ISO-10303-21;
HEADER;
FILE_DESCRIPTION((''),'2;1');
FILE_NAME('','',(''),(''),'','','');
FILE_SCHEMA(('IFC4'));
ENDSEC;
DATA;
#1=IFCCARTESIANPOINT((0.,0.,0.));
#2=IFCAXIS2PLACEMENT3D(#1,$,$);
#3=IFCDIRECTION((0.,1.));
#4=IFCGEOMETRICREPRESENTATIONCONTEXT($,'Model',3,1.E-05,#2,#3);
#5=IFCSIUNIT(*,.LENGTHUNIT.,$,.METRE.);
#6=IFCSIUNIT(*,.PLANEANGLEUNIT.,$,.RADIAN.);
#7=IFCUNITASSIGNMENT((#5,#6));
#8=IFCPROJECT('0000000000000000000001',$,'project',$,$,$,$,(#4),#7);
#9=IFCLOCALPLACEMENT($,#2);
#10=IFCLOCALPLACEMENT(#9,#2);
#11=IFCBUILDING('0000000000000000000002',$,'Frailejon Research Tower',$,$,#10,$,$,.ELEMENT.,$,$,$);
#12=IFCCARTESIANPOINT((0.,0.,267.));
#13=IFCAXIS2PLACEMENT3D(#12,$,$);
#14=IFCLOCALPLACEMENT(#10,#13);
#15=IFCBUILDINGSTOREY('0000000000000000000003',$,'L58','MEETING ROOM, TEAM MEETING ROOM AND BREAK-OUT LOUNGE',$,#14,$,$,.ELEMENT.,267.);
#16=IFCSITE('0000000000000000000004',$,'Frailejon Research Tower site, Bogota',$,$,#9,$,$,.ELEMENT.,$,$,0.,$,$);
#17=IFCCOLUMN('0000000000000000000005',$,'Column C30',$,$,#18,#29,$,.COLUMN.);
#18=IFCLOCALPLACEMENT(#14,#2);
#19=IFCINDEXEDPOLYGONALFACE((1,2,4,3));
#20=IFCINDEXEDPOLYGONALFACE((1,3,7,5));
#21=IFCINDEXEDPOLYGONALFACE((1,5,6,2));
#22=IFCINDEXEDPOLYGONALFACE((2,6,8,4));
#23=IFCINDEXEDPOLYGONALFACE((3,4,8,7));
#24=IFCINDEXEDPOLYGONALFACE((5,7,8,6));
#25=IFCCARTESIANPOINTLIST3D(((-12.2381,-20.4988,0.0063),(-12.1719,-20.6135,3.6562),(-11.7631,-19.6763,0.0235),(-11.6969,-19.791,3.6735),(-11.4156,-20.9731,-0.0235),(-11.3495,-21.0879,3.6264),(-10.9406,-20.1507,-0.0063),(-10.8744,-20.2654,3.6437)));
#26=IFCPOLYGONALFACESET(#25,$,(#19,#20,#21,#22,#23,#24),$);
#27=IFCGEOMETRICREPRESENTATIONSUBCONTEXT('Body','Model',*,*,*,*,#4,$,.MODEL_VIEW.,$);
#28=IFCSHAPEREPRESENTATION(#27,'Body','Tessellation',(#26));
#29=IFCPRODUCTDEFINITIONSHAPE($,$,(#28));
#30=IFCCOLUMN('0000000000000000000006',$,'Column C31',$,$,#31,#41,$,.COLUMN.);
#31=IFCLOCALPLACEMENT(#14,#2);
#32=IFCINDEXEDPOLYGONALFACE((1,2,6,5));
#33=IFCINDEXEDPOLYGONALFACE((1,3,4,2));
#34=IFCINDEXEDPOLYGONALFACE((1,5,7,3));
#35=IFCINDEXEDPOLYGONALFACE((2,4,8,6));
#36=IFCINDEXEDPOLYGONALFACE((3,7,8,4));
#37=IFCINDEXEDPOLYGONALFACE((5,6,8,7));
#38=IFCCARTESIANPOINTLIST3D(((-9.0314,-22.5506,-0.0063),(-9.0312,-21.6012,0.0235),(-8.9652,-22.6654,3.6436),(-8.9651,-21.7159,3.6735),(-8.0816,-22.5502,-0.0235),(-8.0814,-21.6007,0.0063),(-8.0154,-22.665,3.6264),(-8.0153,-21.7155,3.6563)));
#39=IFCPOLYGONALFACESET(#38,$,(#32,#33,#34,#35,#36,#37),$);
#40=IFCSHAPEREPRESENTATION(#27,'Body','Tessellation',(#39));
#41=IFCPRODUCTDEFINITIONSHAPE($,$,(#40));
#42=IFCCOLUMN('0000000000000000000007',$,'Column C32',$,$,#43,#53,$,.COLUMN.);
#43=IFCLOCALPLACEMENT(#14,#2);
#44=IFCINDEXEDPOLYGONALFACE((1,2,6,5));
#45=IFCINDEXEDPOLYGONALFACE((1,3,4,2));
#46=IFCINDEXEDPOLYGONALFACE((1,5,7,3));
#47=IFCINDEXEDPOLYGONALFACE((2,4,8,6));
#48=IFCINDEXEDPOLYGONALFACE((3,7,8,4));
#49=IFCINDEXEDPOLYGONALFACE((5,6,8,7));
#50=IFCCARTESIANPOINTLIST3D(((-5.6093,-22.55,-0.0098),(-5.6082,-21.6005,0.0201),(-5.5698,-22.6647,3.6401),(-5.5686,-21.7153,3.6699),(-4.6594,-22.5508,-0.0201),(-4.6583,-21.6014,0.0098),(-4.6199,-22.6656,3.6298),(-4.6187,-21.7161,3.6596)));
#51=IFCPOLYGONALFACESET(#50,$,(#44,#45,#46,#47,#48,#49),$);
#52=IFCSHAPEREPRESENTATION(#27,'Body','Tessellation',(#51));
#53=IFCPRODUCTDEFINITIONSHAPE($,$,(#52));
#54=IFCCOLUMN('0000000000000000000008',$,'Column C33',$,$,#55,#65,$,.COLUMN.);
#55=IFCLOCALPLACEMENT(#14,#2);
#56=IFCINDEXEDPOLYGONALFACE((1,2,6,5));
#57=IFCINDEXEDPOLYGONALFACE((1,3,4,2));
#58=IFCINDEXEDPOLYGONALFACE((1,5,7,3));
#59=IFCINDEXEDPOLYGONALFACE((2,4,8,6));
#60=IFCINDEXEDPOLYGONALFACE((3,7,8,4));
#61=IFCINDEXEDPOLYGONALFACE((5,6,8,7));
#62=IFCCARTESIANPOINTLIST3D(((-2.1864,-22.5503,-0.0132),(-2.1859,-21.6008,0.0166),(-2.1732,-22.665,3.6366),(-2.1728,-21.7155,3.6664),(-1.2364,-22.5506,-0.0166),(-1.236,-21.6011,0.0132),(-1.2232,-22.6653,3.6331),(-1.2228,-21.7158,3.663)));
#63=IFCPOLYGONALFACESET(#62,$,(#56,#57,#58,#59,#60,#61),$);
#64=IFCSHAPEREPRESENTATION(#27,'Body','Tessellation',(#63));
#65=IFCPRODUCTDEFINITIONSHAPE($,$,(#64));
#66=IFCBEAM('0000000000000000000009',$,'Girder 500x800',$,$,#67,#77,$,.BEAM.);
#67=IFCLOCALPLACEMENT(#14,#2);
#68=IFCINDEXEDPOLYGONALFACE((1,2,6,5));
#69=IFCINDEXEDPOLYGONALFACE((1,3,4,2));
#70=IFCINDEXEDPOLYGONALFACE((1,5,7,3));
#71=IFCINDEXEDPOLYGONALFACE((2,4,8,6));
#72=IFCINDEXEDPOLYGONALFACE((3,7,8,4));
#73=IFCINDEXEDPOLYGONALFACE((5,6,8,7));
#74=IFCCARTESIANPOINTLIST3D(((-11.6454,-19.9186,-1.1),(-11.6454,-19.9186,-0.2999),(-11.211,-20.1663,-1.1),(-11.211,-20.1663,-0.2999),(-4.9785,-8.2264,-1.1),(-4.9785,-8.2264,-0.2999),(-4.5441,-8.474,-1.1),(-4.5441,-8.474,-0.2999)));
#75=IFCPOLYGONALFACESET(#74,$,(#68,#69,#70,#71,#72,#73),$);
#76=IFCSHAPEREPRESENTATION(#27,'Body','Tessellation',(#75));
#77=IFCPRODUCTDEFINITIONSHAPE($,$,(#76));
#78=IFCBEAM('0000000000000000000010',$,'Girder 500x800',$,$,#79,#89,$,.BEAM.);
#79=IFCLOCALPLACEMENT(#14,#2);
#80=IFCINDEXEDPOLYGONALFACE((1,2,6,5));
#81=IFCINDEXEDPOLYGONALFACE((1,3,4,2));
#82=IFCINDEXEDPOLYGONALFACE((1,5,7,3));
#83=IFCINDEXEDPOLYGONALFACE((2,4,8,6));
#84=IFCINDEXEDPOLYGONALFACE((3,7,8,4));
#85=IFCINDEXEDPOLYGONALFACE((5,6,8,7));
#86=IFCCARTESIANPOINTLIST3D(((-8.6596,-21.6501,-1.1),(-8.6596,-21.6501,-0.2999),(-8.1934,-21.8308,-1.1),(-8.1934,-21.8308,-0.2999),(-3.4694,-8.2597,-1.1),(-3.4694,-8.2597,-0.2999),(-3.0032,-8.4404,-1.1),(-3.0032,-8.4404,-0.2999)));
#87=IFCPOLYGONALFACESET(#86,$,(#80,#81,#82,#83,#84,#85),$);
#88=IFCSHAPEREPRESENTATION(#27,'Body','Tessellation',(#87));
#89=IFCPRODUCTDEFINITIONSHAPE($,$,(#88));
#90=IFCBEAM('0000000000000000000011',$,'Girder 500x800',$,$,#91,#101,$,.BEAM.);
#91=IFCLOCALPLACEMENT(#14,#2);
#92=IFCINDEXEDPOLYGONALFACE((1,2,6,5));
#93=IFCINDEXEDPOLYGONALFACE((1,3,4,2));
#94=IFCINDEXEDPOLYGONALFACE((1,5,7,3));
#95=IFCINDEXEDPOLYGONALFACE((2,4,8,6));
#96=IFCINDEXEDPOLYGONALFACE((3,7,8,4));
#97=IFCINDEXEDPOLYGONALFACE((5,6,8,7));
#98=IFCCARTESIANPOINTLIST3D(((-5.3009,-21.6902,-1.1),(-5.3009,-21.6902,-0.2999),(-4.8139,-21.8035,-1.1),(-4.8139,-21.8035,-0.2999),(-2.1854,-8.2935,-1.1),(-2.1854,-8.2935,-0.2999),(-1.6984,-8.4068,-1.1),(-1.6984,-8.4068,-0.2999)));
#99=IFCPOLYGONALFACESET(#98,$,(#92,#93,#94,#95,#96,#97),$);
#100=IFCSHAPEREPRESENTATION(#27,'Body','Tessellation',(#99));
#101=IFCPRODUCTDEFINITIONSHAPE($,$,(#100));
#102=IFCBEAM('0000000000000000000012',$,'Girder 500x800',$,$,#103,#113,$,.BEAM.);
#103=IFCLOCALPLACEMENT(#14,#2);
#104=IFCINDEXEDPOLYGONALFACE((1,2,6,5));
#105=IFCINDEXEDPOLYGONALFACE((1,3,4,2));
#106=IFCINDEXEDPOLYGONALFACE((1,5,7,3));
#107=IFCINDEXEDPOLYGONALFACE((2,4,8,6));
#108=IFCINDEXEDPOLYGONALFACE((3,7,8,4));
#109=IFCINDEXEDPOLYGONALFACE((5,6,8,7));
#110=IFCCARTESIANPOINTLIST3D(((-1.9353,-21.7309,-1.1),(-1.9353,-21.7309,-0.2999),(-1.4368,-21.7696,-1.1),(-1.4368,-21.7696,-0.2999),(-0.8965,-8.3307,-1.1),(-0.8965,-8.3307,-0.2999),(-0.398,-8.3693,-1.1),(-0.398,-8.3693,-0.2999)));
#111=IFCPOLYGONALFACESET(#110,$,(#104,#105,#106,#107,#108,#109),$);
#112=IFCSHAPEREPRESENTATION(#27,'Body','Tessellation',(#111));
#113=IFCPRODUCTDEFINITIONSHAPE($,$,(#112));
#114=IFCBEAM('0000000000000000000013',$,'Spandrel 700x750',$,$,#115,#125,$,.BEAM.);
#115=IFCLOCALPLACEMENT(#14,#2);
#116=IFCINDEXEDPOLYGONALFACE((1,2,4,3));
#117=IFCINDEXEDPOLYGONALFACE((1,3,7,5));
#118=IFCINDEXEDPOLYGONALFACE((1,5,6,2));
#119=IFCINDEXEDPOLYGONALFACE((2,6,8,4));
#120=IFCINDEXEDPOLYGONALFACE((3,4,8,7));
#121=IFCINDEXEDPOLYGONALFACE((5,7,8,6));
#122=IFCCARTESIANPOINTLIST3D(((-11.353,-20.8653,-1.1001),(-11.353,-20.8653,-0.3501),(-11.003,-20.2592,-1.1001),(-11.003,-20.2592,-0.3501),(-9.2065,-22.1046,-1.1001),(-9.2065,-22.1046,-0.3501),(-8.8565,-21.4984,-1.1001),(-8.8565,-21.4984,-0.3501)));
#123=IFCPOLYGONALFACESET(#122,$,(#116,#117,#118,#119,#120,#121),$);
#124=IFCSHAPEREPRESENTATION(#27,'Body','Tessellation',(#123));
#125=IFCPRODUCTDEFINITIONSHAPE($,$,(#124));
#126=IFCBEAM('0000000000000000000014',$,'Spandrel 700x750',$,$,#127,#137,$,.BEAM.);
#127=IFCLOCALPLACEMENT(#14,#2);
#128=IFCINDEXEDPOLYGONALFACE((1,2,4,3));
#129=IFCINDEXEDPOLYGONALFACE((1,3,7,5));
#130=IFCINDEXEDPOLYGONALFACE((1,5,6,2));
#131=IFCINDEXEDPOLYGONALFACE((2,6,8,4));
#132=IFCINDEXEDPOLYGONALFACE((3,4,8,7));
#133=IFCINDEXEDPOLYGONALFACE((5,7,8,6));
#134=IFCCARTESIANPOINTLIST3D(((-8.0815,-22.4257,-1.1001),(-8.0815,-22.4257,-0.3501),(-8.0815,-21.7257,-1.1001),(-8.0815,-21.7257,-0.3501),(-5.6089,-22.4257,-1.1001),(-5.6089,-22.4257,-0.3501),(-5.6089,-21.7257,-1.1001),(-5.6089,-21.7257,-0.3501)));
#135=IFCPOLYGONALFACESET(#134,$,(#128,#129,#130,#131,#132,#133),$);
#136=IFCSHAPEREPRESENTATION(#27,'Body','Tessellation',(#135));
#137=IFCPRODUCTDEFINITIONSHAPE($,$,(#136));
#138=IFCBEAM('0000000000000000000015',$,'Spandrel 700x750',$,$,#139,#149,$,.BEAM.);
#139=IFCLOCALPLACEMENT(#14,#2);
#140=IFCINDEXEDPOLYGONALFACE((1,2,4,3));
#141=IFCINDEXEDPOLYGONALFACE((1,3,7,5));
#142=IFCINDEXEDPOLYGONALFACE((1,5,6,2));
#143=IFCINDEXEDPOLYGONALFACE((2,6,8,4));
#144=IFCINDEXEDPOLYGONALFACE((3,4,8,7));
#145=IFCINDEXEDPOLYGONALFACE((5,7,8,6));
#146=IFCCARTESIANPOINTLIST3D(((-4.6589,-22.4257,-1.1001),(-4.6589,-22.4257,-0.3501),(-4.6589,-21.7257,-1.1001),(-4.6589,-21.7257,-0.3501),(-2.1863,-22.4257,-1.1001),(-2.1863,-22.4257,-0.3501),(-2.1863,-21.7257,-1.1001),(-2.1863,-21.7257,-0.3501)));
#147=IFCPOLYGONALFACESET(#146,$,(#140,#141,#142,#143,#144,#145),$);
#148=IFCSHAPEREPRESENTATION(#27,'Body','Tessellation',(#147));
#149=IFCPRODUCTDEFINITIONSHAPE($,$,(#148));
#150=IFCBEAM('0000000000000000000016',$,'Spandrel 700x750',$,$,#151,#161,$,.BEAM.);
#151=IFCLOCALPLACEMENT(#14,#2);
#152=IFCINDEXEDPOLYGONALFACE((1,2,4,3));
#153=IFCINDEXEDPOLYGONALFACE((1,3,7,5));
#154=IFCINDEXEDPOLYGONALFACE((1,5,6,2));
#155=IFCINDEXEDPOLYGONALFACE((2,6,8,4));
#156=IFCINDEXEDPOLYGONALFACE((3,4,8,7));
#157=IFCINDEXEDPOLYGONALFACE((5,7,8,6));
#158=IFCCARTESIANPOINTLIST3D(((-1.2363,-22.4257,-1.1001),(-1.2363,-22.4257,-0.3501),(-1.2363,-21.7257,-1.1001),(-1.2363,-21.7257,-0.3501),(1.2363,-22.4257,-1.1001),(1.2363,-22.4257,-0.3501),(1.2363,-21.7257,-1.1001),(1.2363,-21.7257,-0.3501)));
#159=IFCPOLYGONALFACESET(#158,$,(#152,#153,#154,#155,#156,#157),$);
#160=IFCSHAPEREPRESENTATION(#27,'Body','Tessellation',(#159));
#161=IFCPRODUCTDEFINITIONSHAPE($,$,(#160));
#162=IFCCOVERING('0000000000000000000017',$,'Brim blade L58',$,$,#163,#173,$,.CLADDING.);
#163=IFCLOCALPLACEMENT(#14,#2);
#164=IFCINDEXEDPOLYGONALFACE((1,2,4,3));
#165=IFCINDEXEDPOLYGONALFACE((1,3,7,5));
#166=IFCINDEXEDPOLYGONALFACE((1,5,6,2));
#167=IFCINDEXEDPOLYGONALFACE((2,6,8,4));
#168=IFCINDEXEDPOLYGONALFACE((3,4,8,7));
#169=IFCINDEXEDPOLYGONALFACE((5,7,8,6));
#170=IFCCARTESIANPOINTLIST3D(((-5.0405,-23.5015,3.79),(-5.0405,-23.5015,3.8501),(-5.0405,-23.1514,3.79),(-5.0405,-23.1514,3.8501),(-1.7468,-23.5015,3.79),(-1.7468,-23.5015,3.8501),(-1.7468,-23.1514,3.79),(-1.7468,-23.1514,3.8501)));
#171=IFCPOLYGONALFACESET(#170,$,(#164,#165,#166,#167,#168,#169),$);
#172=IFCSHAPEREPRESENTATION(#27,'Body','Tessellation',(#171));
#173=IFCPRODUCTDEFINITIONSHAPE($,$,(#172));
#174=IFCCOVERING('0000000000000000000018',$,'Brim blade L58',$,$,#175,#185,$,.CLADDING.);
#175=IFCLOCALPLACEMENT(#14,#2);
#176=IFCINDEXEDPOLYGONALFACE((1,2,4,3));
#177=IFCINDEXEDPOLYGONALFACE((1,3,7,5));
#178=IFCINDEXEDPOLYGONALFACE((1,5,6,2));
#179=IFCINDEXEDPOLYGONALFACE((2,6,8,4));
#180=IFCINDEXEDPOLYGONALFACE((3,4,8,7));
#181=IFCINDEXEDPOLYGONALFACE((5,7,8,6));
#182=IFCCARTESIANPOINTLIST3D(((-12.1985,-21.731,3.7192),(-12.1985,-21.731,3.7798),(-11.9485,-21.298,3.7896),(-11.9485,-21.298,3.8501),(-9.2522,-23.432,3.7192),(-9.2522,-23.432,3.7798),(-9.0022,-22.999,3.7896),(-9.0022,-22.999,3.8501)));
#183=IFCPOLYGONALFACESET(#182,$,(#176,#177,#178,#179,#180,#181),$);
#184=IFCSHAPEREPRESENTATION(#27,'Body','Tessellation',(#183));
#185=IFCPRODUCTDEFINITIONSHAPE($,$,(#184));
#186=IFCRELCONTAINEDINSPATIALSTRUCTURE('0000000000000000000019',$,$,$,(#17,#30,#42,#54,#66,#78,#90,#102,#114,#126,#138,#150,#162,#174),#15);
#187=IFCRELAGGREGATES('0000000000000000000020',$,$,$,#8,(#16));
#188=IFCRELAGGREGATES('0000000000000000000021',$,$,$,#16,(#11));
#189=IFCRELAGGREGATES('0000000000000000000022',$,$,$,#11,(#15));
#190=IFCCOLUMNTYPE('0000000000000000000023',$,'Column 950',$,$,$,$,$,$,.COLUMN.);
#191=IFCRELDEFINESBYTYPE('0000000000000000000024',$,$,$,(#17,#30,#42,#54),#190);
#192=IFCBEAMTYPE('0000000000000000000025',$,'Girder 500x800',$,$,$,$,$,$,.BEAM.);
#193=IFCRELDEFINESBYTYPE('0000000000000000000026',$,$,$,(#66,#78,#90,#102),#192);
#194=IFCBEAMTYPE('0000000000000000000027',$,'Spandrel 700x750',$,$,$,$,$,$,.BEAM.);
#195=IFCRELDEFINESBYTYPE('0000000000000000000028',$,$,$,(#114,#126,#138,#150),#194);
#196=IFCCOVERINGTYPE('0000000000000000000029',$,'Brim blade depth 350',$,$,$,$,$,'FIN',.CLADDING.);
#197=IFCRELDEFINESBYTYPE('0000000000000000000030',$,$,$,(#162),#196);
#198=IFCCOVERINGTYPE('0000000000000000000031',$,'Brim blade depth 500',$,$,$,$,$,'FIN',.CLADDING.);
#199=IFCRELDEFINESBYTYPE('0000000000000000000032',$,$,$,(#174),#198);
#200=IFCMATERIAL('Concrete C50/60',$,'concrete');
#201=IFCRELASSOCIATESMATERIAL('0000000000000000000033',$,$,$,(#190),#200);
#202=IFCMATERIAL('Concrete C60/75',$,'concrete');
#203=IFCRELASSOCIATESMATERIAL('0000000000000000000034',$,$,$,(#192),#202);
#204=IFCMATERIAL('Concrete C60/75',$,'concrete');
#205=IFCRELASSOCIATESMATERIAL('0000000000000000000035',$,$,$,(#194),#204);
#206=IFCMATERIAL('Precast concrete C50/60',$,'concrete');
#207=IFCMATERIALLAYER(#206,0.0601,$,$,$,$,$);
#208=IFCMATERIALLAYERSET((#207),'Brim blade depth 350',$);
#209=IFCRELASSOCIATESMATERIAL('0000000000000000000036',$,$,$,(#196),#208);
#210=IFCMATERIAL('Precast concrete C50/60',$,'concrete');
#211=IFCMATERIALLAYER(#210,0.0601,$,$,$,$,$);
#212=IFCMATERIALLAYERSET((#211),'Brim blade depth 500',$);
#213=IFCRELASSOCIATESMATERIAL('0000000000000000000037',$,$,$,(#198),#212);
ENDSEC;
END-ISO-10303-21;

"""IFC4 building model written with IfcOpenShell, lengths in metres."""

from ifc_helpers import new_model, si_unit, direction, frame, origin, origin_2d, place, context, subcontext, project, spatial, polyline, rectangle, outline, extrude, material, layer, layer_set, material_profile, profile_set, type_object, element, save


model = new_model("IFC4")

# Units and contexts
model_context = context("Model", 3, precision=1e-05, world=origin(), true_north=direction((0.0, 1.0)))
body_context = subcontext(model_context, "Body", "Model", "MODEL_VIEW")
ifc_project = project(units=[si_unit("LENGTHUNIT", "METRE"), si_unit("PLANEANGLEUNIT", "RADIAN")], contexts=[model_context])

# Site, building, storey
site_placement = place(None, origin())
site = spatial("IfcSite", under=ifc_project, at=site_placement, Name="Frailejon Research Tower site, Bogota", CompositionType="ELEMENT", RefElevation=0.0)
building_placement = place(site_placement, origin())
building = spatial("IfcBuilding", under=site, at=building_placement, Name="Frailejon Research Tower", CompositionType="ELEMENT")
storey_placement = place(building_placement, frame((0.0, 0.0, 267.0)))
storey = spatial("IfcBuildingStorey", under=building, at=storey_placement, Name="L58", Description="MEETING ROOM, TEAM MEETING ROOM AND BREAK-OUT LOUNGE", CompositionType="ELEMENT", Elevation=267.0)

# Columns
ifc_material_1 = material(Name="Concrete C50/60", Category="concrete")
ifc_material_profile_1 = material_profile(ifc_material_1, rectangle(XDim=0.95, YDim=0.95, at=origin_2d()), Name="Column 950")
ifc_profile_set_1 = profile_set([ifc_material_profile_1], Name="Concrete C50/60")
column_type = type_object("IfcColumnType", Name="Column 950", PredefinedType="COLUMN", material=ifc_profile_set_1)
for number, where, z_axis, x_axis, name in (
    (1, (-11.5894, -20.3247, 0.0), (0.018115, -0.031417, 0.999342), (0.865818, -0.499373, -0.031394), "Column C30"),
    (2, (-8.5564, -22.0757, 0.0), (0.018115, -0.031417, 0.999342), (0.999836, 0.000438, -0.01811), "Column C31"),
):
    element("IfcColumn", number, at=place(storey_placement, frame(where, z_axis=z_axis, x_axis=x_axis)), inside=storey, type_object=column_type, Name=name, PredefinedType="COLUMN", context=body_context, shape_type="SweptSolid", body=[
        extrude(rectangle(XDim=0.95, YDim=0.95, at=origin_2d()), origin(), (0.0, 0.0, 1.0), 3.6523),
    ])
column_1_placement = place(storey_placement, frame((-5.1338, -22.0757, 0.0), z_axis=(0.01083, -0.031421, 0.999448), x_axis=(0.999941, -0.000892, -0.010864)))
element("IfcColumn", 3, at=column_1_placement, inside=storey, type_object=column_type, Name="Column C32", PredefinedType="COLUMN", context=body_context, shape_type="SweptSolid", body=[
    extrude(rectangle(XDim=0.95, YDim=0.95, at=origin_2d()), origin(), (0.0, 0.0, 1.0), 3.6519),
])
column_2_placement = place(storey_placement, frame((-1.7112, -22.0757, 0.0), z_axis=(0.00361, -0.031422, 0.9995), x_axis=(0.999993, -0.000341, -0.003623)))
element("IfcColumn", 4, at=column_2_placement, inside=storey, type_object=column_type, Name="Column C33", PredefinedType="COLUMN", context=body_context, shape_type="SweptSolid", body=[
    extrude(rectangle(XDim=0.95, YDim=0.95, at=origin_2d()), origin(), (0.0, 0.0, 1.0), 3.6516),
])

# Beams
ifc_material_2 = material(Name="Concrete C60/75", Category="concrete")
ifc_material_profile_2 = material_profile(ifc_material_2, rectangle(XDim=0.5, YDim=0.8, at=origin_2d()), Name="Girder 500x800")
ifc_profile_set_2 = profile_set([ifc_material_profile_2], Name="Concrete C60/75")
beam_type_1 = type_object("IfcBeamType", Name="Girder 500x800", PredefinedType="BEAM", material=ifc_profile_set_2)
beam_1_placement = place(storey_placement, frame((-11.4282, -20.0425, -0.7), z_axis=(0.495334, 0.868703, 0.0), x_axis=(-0.868703, 0.495334, 0.0)))
element("IfcBeam", 5, at=beam_1_placement, inside=storey, type_object=beam_type_1, Name="Girder 500x800", PredefinedType="BEAM", context=body_context, shape_type="SweptSolid", body=[
    extrude(rectangle(XDim=0.5, YDim=0.8, at=origin_2d()), origin(), (0.0, 0.0, 1.0), 13.4595),
])
beam_2_placement = place(storey_placement, frame((-8.4265, -21.7405, -0.7), z_axis=(0.361407, 0.932408, 0.0), x_axis=(-0.932408, 0.361407, 0.0)))
element("IfcBeam", 6, at=beam_2_placement, inside=storey, type_object=beam_type_1, Name="Girder 500x800", PredefinedType="BEAM", context=body_context, shape_type="SweptSolid", body=[
    extrude(rectangle(XDim=0.5, YDim=0.8, at=origin_2d()), origin(), (0.0, 0.0, 1.0), 14.3611),
])
beam_3_placement = place(storey_placement, frame((-5.0574, -21.7468, -0.7), z_axis=(0.226511, 0.974009, 0.0), x_axis=(-0.974009, 0.226511, 0.0)))
element("IfcBeam", 7, at=beam_3_placement, inside=storey, type_object=beam_type_1, Name="Girder 500x800", PredefinedType="BEAM", context=body_context, shape_type="SweptSolid", body=[
    extrude(rectangle(XDim=0.5, YDim=0.8, at=origin_2d()), origin(), (0.0, 0.0, 1.0), 13.7542),
])
beam_4_placement = place(storey_placement, frame((-1.686, -21.7502, -0.7), z_axis=(0.077291, 0.997009, 0.0), x_axis=(-0.997009, 0.077291, 0.0)))
element("IfcBeam", 8, at=beam_4_placement, inside=storey, type_object=beam_type_1, Name="Girder 500x800", PredefinedType="BEAM", context=body_context, shape_type="SweptSolid", body=[
    extrude(rectangle(XDim=0.5, YDim=0.8, at=origin_2d()), origin(), (0.0, 0.0, 1.0), 13.4404),
])
ifc_material_3 = material(Name="Concrete C60/75", Category="concrete")
ifc_material_profile_3 = material_profile(ifc_material_3, rectangle(XDim=0.7, YDim=0.75, at=origin_2d()), Name="Spandrel 700x750")
ifc_profile_set_3 = profile_set([ifc_material_profile_3], Name="Concrete C60/75")
beam_type_2 = type_object("IfcBeamType", Name="Spandrel 700x750", PredefinedType="BEAM", material=ifc_profile_set_3)
beam_5_placement = place(storey_placement, frame((-11.178, -20.5623, -0.7251), z_axis=(0.866028, -0.499995, 0.0), x_axis=(0.499995, 0.866028, 0.0)))
element("IfcBeam", 9, at=beam_5_placement, inside=storey, type_object=beam_type_2, Name="Spandrel 700x750", PredefinedType="BEAM", context=body_context, shape_type="SweptSolid", body=[
    extrude(rectangle(XDim=0.7, YDim=0.75, at=origin_2d()), origin(), (0.0, 0.0, 1.0), 2.4785),
])
for number, where, z_axis, x_axis, name in (
    (10, (-8.0815, -22.0757, -0.7251), (1.0, 0.0, 0.0), (0.0, 1.0, 0.0), "Spandrel 700x750"),
    (11, (-4.6589, -22.0757, -0.7251), (1.0, 0.0, 0.0), (0.0, 1.0, 0.0), "Spandrel 700x750"),
    (12, (-1.2363, -22.0757, -0.7251), (1.0, 0.0, 0.0), (0.0, 1.0, 0.0), "Spandrel 700x750"),
):
    element("IfcBeam", number, at=place(storey_placement, frame(where, z_axis=z_axis, x_axis=x_axis)), inside=storey, type_object=beam_type_2, Name=name, PredefinedType="BEAM", context=body_context, shape_type="SweptSolid", body=[
        extrude(rectangle(XDim=0.7, YDim=0.75, at=origin_2d()), origin(), (0.0, 0.0, 1.0), 2.4727),
    ])

# Coverings
ifc_material_4 = material(Name="Precast concrete C50/60", Category="concrete")
ifc_layer_1 = layer(ifc_material_4, 0.0601)
ifc_layer_set_1 = layer_set([ifc_layer_1], Name="Brim blade depth 350")
covering_type_1 = type_object("IfcCoveringType", Name="Brim blade depth 350", ElementType="FIN", PredefinedType="CLADDING", material=ifc_layer_set_1)
covering_1_placement = place(storey_placement, frame((-1.7468, -23.1514, 3.8501), z_axis=(-1.0, 0.0, 0.0), x_axis=(0.0, -1.0, 0.0)))
element("IfcCovering", 13, at=covering_1_placement, inside=storey, type_object=covering_type_1, Name="Brim blade L58", PredefinedType="CLADDING", context=body_context, shape_type="SweptSolid", body=[
    extrude(outline(polyline([(0.0, -0.0601), (0.3501, -0.0601), (0.3501, 0.0), (0.0, 0.0), (0.0, -0.0601)])), origin(), (0.0, 0.0, 1.0), 3.2937),
])
ifc_material_5 = material(Name="Precast concrete C50/60", Category="concrete")
ifc_layer_2 = layer(ifc_material_5, 0.0601)
ifc_layer_set_2 = layer_set([ifc_layer_2], Name="Brim blade depth 500")
covering_type_2 = type_object("IfcCoveringType", Name="Brim blade depth 500", ElementType="FIN", PredefinedType="CLADDING", material=ifc_layer_set_2)
covering_2_placement = place(storey_placement, frame((-9.0022, -22.999, 3.8501), z_axis=(-0.866024, 0.500003, 0.0), x_axis=(-0.500003, -0.866024, 0.0)))
element("IfcCovering", 14, at=covering_2_placement, inside=storey, type_object=covering_type_2, Name="Brim blade L58", PredefinedType="CLADDING", context=body_context, shape_type="SweptSolid", body=[
    extrude(outline(polyline([(0.0, -0.0605), (0.5, -0.1309), (0.5, -0.0703), (0.0, 0.0), (0.0, -0.0605)])), origin(), (0.0, 0.0, 1.0), 3.4021),
])

save(model, "model.ifc")
